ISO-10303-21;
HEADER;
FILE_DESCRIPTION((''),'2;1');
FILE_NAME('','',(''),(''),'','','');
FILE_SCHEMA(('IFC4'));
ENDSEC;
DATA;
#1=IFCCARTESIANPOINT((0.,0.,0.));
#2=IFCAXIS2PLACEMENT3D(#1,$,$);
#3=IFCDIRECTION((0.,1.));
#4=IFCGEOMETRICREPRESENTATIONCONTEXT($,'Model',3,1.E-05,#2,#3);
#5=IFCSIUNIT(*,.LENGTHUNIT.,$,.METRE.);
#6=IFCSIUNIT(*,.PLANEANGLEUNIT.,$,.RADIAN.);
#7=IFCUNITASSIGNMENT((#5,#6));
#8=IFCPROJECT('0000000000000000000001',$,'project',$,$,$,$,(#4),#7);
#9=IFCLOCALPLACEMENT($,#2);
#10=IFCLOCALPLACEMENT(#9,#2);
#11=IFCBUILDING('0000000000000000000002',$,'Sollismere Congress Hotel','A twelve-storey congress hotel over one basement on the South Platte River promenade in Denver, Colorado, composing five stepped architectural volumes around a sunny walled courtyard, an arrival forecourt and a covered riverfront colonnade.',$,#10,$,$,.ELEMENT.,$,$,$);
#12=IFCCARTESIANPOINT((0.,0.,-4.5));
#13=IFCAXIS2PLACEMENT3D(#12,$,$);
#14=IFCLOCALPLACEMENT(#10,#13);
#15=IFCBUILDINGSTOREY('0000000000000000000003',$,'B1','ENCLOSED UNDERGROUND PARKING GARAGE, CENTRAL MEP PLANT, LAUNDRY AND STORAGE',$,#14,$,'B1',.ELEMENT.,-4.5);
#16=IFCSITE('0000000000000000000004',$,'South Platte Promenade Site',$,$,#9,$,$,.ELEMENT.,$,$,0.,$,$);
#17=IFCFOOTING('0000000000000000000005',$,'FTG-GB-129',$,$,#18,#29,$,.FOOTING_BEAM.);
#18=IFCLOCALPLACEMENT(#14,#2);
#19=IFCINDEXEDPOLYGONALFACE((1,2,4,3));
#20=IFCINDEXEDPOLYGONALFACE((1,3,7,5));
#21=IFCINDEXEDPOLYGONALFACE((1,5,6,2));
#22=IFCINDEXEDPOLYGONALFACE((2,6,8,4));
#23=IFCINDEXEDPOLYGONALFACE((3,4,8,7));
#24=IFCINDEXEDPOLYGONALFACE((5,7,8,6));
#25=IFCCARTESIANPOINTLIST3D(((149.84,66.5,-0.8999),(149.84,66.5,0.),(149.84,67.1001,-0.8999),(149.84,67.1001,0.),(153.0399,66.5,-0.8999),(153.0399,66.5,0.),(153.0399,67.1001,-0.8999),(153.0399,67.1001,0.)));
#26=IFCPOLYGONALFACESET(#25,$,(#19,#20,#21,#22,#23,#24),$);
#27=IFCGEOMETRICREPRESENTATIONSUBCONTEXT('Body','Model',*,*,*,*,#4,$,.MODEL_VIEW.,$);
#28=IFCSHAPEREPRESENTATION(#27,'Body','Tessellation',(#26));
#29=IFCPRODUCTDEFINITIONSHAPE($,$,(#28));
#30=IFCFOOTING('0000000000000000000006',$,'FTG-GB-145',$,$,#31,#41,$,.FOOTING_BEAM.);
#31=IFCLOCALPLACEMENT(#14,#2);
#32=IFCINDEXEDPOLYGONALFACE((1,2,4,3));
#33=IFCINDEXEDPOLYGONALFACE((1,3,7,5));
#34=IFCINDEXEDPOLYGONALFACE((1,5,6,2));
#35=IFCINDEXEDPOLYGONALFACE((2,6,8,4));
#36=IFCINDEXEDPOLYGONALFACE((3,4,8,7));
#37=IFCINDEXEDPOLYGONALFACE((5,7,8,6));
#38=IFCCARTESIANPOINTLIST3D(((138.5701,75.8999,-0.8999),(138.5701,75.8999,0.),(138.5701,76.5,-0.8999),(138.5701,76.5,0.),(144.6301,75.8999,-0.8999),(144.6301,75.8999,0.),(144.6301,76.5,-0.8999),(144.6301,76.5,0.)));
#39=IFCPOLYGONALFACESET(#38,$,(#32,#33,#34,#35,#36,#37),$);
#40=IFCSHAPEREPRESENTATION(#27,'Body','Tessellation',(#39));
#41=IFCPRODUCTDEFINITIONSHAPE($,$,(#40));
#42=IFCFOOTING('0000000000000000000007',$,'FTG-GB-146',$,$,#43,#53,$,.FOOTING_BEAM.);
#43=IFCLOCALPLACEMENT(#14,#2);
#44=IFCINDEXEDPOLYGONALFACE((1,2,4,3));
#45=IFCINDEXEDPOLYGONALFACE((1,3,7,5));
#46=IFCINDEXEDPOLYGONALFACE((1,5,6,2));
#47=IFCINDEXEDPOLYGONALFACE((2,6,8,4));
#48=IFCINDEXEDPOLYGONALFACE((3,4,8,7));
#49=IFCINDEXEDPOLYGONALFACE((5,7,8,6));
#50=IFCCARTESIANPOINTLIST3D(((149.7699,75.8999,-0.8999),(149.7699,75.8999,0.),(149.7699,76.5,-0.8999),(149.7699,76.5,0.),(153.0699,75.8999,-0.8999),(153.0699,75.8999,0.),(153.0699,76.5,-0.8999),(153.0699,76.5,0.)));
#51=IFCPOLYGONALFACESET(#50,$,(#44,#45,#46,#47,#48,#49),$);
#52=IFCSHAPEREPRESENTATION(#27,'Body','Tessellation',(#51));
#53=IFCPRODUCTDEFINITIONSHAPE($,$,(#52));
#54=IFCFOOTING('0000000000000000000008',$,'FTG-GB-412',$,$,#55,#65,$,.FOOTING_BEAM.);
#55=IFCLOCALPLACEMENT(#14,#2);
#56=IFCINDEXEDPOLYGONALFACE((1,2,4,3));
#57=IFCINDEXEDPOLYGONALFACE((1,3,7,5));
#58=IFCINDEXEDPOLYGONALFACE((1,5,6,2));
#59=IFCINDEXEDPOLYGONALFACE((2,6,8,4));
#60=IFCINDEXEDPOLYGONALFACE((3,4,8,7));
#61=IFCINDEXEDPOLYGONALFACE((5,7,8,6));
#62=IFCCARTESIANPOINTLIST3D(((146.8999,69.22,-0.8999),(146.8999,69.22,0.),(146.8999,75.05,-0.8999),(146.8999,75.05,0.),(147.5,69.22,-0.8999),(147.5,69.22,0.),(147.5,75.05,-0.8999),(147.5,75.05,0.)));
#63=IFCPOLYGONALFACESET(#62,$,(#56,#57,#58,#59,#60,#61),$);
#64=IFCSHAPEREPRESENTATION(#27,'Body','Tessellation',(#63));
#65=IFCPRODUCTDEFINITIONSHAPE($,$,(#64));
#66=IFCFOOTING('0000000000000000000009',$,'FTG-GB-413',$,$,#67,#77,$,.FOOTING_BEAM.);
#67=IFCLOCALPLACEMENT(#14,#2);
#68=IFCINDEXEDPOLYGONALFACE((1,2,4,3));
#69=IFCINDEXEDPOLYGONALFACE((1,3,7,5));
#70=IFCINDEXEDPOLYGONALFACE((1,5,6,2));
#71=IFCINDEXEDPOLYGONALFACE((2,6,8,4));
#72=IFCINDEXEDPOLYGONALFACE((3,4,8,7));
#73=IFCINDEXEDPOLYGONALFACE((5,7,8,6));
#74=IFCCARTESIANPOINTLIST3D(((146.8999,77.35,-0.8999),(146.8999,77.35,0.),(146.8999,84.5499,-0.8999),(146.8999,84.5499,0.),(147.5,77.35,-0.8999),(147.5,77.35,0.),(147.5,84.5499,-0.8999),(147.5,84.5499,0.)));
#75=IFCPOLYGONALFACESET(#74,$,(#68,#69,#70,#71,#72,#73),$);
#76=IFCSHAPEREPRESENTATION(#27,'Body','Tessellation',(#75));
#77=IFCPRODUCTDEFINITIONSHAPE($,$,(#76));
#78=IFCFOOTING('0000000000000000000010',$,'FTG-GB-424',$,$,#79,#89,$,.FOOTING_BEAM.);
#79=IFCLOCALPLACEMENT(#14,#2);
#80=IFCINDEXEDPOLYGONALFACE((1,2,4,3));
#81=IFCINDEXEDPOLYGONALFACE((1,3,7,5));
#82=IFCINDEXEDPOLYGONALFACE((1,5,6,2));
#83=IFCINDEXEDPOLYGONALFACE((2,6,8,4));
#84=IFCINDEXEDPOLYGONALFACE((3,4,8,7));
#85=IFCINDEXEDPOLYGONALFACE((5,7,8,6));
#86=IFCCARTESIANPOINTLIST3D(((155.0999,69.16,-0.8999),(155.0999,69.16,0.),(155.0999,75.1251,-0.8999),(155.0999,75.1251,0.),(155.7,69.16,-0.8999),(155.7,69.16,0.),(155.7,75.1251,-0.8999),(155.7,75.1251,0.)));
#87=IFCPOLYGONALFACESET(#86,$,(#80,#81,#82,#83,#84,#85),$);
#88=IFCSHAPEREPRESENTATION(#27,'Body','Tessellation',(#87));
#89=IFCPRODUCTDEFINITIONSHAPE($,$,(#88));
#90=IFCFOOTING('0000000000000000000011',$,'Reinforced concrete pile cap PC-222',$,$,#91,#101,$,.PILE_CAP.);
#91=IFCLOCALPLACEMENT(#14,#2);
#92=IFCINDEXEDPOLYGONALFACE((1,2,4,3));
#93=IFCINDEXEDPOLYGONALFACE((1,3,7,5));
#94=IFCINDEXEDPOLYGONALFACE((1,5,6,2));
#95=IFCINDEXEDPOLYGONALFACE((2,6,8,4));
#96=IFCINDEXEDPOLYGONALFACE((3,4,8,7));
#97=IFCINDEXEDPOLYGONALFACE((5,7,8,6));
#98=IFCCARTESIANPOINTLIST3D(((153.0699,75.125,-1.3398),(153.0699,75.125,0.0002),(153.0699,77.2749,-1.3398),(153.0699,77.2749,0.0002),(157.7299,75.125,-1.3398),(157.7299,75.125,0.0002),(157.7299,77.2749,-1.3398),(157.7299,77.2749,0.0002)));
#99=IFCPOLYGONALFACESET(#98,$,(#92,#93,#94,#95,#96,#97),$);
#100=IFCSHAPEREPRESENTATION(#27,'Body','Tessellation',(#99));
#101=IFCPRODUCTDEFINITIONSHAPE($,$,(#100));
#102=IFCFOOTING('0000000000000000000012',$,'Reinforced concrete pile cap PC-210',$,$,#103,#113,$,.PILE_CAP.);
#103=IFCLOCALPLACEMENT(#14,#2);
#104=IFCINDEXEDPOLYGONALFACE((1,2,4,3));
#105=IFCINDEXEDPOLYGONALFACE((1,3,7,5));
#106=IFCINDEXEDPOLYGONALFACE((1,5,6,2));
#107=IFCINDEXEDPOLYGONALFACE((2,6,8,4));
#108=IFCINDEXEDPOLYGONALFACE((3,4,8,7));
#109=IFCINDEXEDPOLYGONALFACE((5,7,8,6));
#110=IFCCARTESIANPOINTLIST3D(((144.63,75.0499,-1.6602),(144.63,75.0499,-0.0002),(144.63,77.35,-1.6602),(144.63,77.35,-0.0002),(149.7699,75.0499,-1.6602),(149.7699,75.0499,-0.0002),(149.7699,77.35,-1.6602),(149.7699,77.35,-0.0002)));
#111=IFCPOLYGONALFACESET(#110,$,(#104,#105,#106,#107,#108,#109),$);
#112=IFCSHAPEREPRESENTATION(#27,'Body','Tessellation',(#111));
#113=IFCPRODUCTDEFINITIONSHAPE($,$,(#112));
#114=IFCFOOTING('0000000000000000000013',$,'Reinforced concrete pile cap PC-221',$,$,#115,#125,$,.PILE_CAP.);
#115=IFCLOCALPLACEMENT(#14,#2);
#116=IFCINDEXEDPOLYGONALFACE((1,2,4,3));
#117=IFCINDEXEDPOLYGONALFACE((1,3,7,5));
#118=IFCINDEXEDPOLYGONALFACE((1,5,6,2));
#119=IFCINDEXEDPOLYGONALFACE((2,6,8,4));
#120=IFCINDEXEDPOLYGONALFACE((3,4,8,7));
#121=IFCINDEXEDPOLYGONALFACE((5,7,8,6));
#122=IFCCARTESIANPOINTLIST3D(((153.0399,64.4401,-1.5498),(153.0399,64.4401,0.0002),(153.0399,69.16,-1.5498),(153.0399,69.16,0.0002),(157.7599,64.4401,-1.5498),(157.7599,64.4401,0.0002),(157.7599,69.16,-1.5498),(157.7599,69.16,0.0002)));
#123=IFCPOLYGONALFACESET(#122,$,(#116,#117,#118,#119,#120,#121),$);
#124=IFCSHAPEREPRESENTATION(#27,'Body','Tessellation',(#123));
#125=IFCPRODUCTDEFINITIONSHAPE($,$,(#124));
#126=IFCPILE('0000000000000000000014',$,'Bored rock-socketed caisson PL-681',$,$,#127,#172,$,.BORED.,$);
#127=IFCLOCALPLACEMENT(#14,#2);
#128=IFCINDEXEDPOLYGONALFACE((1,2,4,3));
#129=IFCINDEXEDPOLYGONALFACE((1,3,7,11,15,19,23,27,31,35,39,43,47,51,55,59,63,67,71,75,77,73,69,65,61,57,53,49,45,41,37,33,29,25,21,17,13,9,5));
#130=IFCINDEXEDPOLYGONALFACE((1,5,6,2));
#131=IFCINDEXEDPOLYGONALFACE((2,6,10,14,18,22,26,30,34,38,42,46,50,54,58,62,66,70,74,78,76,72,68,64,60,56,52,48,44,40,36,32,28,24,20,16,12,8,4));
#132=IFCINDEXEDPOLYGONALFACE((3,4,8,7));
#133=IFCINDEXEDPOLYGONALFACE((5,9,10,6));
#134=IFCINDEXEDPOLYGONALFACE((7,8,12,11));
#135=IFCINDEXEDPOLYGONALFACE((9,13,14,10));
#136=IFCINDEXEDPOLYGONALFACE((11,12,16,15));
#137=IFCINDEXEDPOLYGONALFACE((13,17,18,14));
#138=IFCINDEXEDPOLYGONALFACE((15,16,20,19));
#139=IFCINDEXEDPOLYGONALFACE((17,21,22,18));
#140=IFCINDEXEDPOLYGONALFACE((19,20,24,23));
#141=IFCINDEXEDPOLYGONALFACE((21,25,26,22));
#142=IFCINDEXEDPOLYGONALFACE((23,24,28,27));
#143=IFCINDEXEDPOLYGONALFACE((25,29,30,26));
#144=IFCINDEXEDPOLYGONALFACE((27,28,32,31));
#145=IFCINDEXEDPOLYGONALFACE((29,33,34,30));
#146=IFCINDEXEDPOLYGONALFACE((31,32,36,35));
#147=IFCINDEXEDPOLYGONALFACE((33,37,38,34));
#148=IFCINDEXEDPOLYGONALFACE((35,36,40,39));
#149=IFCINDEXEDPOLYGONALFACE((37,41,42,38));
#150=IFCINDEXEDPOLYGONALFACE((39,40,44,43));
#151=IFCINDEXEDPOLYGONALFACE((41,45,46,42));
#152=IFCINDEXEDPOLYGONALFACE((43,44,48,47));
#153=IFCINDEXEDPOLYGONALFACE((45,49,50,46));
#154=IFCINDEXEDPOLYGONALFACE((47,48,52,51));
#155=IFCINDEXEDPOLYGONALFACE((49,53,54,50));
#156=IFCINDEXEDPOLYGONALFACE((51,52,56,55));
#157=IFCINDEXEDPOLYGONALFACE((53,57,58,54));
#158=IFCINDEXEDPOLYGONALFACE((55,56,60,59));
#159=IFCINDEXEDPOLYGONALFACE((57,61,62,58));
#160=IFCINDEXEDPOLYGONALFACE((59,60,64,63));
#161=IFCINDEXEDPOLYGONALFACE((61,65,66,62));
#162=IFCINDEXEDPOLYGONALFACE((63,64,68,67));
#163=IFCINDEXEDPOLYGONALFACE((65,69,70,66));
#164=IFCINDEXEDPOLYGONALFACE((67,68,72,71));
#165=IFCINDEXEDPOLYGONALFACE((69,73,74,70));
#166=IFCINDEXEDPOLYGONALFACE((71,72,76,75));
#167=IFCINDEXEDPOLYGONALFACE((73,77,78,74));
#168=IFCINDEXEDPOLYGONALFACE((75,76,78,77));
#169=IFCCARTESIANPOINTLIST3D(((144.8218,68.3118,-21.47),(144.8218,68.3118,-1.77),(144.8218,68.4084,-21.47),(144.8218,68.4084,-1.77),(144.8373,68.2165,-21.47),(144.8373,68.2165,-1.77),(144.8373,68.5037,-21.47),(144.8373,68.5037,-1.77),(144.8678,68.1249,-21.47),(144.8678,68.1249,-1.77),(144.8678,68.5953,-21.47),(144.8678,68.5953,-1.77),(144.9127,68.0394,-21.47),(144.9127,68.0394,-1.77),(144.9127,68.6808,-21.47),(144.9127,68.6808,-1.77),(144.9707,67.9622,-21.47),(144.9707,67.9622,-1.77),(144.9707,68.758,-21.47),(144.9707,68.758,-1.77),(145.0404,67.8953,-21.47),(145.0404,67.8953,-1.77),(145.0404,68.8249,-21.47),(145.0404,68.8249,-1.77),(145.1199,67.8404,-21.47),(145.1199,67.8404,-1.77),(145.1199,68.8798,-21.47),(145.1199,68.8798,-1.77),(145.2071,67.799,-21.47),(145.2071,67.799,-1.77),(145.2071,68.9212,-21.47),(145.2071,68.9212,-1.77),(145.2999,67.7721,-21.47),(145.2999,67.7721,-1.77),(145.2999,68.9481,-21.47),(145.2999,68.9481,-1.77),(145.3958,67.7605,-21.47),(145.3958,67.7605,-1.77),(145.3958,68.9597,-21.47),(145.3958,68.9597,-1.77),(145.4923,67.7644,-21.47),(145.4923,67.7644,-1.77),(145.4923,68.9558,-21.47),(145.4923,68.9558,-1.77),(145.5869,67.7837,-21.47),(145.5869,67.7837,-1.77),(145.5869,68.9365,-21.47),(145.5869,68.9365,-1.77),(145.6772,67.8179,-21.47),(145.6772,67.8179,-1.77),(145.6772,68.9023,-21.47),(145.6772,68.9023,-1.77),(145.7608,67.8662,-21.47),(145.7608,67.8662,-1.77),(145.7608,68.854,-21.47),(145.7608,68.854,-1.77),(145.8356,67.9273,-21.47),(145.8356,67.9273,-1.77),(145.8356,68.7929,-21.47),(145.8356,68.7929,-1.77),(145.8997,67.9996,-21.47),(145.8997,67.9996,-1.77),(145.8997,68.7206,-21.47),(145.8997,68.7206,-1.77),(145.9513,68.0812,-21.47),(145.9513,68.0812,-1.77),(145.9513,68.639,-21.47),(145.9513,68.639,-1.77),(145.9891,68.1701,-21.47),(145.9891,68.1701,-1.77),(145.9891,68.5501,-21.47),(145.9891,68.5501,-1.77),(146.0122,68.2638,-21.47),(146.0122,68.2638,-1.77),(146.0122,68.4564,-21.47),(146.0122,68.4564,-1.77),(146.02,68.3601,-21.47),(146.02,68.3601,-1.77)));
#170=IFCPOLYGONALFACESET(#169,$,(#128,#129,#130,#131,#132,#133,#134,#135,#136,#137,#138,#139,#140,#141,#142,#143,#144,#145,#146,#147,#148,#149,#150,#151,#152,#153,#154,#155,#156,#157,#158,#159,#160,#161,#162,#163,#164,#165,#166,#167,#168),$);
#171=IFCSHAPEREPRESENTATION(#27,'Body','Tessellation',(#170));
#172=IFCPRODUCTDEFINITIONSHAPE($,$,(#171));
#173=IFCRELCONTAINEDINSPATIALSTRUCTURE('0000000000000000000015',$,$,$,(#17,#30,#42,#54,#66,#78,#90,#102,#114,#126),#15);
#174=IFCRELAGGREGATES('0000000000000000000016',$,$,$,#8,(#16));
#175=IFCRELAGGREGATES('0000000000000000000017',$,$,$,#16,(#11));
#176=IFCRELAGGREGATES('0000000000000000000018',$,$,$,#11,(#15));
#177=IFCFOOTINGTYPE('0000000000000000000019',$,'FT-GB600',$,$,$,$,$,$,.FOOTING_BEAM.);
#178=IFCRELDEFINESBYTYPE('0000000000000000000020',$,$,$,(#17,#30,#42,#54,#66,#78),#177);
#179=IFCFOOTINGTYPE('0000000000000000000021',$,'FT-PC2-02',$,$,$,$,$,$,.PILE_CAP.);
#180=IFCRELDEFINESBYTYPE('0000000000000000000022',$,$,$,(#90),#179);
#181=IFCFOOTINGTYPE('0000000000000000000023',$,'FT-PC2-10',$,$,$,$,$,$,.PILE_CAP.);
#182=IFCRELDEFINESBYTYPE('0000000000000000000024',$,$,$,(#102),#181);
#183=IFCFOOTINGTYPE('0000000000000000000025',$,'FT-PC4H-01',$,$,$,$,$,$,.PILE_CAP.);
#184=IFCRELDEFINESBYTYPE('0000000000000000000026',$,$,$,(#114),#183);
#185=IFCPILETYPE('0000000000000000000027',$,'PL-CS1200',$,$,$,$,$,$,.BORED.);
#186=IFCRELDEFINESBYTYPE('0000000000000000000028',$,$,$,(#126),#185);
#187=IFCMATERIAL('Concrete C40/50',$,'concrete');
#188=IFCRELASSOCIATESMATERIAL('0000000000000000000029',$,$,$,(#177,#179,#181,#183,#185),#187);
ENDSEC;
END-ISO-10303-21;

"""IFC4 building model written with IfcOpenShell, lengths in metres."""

from ifc_helpers import new_model, si_unit, direction, frame, origin, origin_2d, place, context, subcontext, project, spatial, rectangle, circle, extrude, material, material_profile, profile_set, type_object, element, save


model = new_model("IFC4")

# Units and contexts
model_context = context("Model", 3, precision=1e-05, world=origin(), true_north=direction((0.0, 1.0)))
body_context = subcontext(model_context, "Body", "Model", "MODEL_VIEW")
ifc_project = project(units=[si_unit("LENGTHUNIT", "METRE"), si_unit("PLANEANGLEUNIT", "RADIAN")], contexts=[model_context])

# Site, building, storey
site_placement = place(None, origin())
site = spatial("IfcSite", under=ifc_project, at=site_placement, Name="South Platte Promenade Site", CompositionType="ELEMENT", RefElevation=0.0)
building_placement = place(site_placement, origin())
building = spatial("IfcBuilding", under=site, at=building_placement, Name="Sollismere Congress Hotel", Description="A twelve-storey congress hotel over one basement on the South Platte River promenade in Denver, Colorado, composing five stepped architectural volumes around a sunny walled courtyard, an arrival forecourt and a covered riverfront colonnade.", CompositionType="ELEMENT")
storey_placement = place(building_placement, frame((0.0, 0.0, -4.5)))
storey = spatial("IfcBuildingStorey", under=building, at=storey_placement, Name="B1", Description="ENCLOSED UNDERGROUND PARKING GARAGE, CENTRAL MEP PLANT, LAUNDRY AND STORAGE", LongName="B1", CompositionType="ELEMENT", Elevation=-4.5)

# Footings
ifc_material_1 = material(Name="Concrete C40/50", Category="concrete")
footing_type_1 = type_object("IfcFootingType", Name="FT-GB600", PredefinedType="FOOTING_BEAM", material=ifc_material_1)
footing_1_placement = place(storey_placement, frame((151.4399, 66.8, -0.8999), z_axis=(0.0, 0.0, 1.0), x_axis=(1.0, 0.0, 0.0)))
element("IfcFooting", 1, at=footing_1_placement, inside=storey, type_object=footing_type_1, Name="FTG-GB-129", PredefinedType="FOOTING_BEAM", context=body_context, shape_type="SweptSolid", body=[
    extrude(rectangle(XDim=3.2, YDim=0.6001, at=origin_2d()), origin(), (0.0, 0.0, 1.0), 0.8999),
])
footing_2_placement = place(storey_placement, frame((141.6001, 76.2, -0.8999), z_axis=(0.0, 0.0, 1.0), x_axis=(1.0, 0.0, 0.0)))
element("IfcFooting", 2, at=footing_2_placement, inside=storey, type_object=footing_type_1, Name="FTG-GB-145", PredefinedType="FOOTING_BEAM", context=body_context, shape_type="SweptSolid", body=[
    extrude(rectangle(XDim=6.0601, YDim=0.6001, at=origin_2d()), origin(), (0.0, 0.0, 1.0), 0.8999),
])
footing_3_placement = place(storey_placement, frame((151.4199, 76.2, -0.8999), z_axis=(0.0, 0.0, 1.0), x_axis=(1.0, 0.0, 0.0)))
element("IfcFooting", 3, at=footing_3_placement, inside=storey, type_object=footing_type_1, Name="FTG-GB-146", PredefinedType="FOOTING_BEAM", context=body_context, shape_type="SweptSolid", body=[
    extrude(rectangle(XDim=3.3, YDim=0.6001, at=origin_2d()), origin(), (0.0, 0.0, 1.0), 0.8999),
])
footing_4_placement = place(storey_placement, frame((147.2, 72.135, -0.8999), z_axis=(0.0, 0.0, 1.0), x_axis=(0.0, 1.0, 0.0)))
element("IfcFooting", 4, at=footing_4_placement, inside=storey, type_object=footing_type_1, Name="FTG-GB-412", PredefinedType="FOOTING_BEAM", context=body_context, shape_type="SweptSolid", body=[
    extrude(rectangle(XDim=5.8301, YDim=0.6001, at=origin_2d()), origin(), (0.0, 0.0, 1.0), 0.8999),
])
footing_5_placement = place(storey_placement, frame((147.2, 80.95, -0.8999), z_axis=(0.0, 0.0, 1.0), x_axis=(0.0, 1.0, 0.0)))
element("IfcFooting", 5, at=footing_5_placement, inside=storey, type_object=footing_type_1, Name="FTG-GB-413", PredefinedType="FOOTING_BEAM", context=body_context, shape_type="SweptSolid", body=[
    extrude(rectangle(XDim=7.2, YDim=0.6001, at=origin_2d()), origin(), (0.0, 0.0, 1.0), 0.8999),
])
footing_6_placement = place(storey_placement, frame((155.3999, 72.1426, -0.8999), z_axis=(0.0, 0.0, 1.0), x_axis=(0.0, 1.0, 0.0)))
element("IfcFooting", 6, at=footing_6_placement, inside=storey, type_object=footing_type_1, Name="FTG-GB-424", PredefinedType="FOOTING_BEAM", context=body_context, shape_type="SweptSolid", body=[
    extrude(rectangle(XDim=5.9651, YDim=0.6001, at=origin_2d()), origin(), (0.0, 0.0, 1.0), 0.8999),
])
footing_type_2 = type_object("IfcFootingType", Name="FT-PC2-02", PredefinedType="PILE_CAP", material=ifc_material_1)
footing_7_placement = place(storey_placement, frame((155.3999, 76.2, -1.3398), z_axis=(0.0, 0.0, 1.0), x_axis=(1.0, 0.0, 0.0)))
element("IfcFooting", 7, at=footing_7_placement, inside=storey, type_object=footing_type_2, Name="Reinforced concrete pile cap PC-222", PredefinedType="PILE_CAP", context=body_context, shape_type="SweptSolid", body=[
    extrude(rectangle(XDim=4.6599, YDim=2.1499, at=origin_2d()), origin(), (0.0, 0.0, 1.0), 1.3401),
])
footing_type_3 = type_object("IfcFootingType", Name="FT-PC2-10", PredefinedType="PILE_CAP", material=ifc_material_1)
footing_8_placement = place(storey_placement, frame((147.2, 76.2, -1.6602), z_axis=(0.0, 0.0, 1.0), x_axis=(1.0, 0.0, 0.0)))
element("IfcFooting", 8, at=footing_8_placement, inside=storey, type_object=footing_type_3, Name="Reinforced concrete pile cap PC-210", PredefinedType="PILE_CAP", context=body_context, shape_type="SweptSolid", body=[
    extrude(rectangle(XDim=5.1399, YDim=2.3, at=origin_2d()), origin(), (0.0, 0.0, 1.0), 1.6599),
])
footing_type_4 = type_object("IfcFootingType", Name="FT-PC4H-01", PredefinedType="PILE_CAP", material=ifc_material_1)
footing_9_placement = place(storey_placement, frame((155.3999, 66.8, -1.5498), z_axis=(0.0, 0.0, 1.0), x_axis=(1.0, 0.0, 0.0)))
element("IfcFooting", 9, at=footing_9_placement, inside=storey, type_object=footing_type_4, Name="Reinforced concrete pile cap PC-221", PredefinedType="PILE_CAP", context=body_context, shape_type="SweptSolid", body=[
    extrude(rectangle(XDim=4.72, YDim=4.72, at=origin_2d()), origin(), (0.0, 0.0, 1.0), 1.55),
])

# Pile
ifc_material_profile_1 = material_profile(ifc_material_1, circle(Radius=0.6001, at=origin_2d()), Name="CAISSON1200")
ifc_profile_set_1 = profile_set([ifc_material_profile_1], Name="Concrete C40/50")
pile_type = type_object("IfcPileType", Name="PL-CS1200", PredefinedType="BORED", material=ifc_profile_set_1)
for number, where, z_axis, x_axis, name in (
    (10, (145.4199, 68.3601, -1.77), (0.0, 0.0, -1.0), (1.0, 0.0, 0.0), "Bored rock-socketed caisson PL-681"),
):
    element("IfcPile", number, at=place(storey_placement, frame(where, z_axis=z_axis, x_axis=x_axis)), inside=storey, type_object=pile_type, Name=name, PredefinedType="BORED", context=body_context, shape_type="SweptSolid", body=[
        extrude(circle(Radius=0.6001, at=origin_2d()), origin(), (0.0, 0.0, 1.0), 19.7),
    ])

save(model, "model.ifc")
